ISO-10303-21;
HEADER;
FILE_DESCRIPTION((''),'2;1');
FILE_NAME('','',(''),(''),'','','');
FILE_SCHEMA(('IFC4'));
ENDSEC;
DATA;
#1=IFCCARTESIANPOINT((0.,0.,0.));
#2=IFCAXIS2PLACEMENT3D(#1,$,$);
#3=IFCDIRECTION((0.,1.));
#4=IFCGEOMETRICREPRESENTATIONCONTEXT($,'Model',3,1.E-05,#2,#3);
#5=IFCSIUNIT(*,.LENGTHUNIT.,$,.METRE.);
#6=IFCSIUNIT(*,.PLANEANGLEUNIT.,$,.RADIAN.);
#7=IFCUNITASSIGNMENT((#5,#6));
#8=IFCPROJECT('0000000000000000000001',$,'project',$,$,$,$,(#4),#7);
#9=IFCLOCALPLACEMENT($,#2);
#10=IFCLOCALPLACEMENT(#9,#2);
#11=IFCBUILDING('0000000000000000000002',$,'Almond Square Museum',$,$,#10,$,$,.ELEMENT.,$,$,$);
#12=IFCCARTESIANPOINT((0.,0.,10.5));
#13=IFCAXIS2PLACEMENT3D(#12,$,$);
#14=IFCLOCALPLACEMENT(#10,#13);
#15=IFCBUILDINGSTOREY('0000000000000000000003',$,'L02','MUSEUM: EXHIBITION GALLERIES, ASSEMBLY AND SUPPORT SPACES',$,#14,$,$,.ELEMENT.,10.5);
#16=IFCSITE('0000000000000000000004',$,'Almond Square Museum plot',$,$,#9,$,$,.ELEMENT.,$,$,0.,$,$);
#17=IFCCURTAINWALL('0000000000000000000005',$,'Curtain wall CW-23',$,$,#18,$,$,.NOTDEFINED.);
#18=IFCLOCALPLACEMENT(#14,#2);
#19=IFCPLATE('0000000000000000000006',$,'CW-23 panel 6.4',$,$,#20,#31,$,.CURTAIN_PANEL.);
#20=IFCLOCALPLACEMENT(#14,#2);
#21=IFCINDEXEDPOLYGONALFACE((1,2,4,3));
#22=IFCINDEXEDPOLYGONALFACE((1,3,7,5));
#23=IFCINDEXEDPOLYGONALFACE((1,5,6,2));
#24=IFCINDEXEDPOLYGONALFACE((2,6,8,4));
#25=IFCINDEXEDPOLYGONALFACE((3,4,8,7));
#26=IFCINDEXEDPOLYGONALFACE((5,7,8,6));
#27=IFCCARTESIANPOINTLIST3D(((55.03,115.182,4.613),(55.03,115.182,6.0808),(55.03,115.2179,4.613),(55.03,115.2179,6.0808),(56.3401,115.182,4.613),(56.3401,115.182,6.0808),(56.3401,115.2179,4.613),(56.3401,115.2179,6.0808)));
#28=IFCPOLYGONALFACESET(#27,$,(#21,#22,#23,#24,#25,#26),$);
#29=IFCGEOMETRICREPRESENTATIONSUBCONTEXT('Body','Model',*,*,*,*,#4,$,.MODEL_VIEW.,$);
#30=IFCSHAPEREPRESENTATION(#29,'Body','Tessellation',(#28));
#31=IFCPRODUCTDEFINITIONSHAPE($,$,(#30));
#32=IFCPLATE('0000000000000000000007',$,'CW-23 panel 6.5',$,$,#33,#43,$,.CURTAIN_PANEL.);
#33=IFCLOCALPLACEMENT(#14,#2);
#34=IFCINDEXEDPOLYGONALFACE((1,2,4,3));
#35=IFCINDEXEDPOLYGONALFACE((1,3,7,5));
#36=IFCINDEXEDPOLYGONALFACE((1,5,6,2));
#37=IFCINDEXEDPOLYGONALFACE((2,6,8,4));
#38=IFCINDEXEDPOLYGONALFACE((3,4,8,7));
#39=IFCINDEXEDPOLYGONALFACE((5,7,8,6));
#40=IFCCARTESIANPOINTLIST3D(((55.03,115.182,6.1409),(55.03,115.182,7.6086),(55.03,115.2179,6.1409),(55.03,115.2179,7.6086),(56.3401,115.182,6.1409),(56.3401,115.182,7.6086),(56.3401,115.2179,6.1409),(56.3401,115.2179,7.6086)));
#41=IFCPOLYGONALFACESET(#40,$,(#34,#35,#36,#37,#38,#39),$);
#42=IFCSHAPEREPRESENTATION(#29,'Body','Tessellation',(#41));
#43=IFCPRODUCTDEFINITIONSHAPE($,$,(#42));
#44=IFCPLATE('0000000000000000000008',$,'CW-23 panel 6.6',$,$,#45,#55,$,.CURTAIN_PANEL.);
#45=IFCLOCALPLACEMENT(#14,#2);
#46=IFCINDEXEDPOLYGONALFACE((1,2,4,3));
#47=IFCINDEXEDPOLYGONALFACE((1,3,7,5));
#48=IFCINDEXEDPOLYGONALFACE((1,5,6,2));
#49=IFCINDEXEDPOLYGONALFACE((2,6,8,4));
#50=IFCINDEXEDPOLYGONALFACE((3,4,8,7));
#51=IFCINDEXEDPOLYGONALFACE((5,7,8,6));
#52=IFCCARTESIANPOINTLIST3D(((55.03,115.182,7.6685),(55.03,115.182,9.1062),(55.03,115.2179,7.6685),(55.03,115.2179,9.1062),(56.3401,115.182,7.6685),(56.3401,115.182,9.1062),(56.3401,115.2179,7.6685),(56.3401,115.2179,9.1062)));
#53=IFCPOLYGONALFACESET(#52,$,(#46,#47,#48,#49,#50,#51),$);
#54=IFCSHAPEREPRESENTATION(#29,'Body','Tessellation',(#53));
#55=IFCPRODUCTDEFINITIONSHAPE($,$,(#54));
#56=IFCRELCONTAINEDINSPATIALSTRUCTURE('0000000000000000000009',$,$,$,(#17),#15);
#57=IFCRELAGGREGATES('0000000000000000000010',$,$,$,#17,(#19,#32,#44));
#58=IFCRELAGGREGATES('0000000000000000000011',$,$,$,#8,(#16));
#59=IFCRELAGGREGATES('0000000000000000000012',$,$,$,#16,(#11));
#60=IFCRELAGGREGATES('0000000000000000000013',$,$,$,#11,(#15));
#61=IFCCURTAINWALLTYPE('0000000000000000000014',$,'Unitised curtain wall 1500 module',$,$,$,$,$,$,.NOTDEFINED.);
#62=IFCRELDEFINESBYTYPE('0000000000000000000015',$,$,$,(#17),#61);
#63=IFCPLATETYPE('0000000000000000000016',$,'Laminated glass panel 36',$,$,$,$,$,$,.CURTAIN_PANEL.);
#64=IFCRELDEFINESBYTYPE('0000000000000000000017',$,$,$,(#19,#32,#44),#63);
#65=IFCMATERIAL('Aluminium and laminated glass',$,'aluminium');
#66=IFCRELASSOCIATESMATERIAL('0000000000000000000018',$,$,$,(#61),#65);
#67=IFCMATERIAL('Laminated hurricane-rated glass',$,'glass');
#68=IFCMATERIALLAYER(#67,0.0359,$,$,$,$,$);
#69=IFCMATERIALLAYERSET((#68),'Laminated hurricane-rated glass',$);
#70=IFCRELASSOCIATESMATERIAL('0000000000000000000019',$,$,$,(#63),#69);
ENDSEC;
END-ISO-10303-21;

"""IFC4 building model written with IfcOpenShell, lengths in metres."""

from ifc_helpers import new_model, si_unit, direction, frame, origin, origin_2d, place, context, subcontext, project, spatial, rectangle, extrude, material, layer, layer_set, type_object, element, aggregate, save


model = new_model("IFC4")

# Units and contexts
model_context = context("Model", 3, precision=1e-05, world=origin(), true_north=direction((0.0, 1.0)))
body_context = subcontext(model_context, "Body", "Model", "MODEL_VIEW")
ifc_project = project(units=[si_unit("LENGTHUNIT", "METRE"), si_unit("PLANEANGLEUNIT", "RADIAN")], contexts=[model_context])

# Site, building, storey
site_placement = place(None, origin())
site = spatial("IfcSite", under=ifc_project, at=site_placement, Name="Almond Square Museum plot", CompositionType="ELEMENT", RefElevation=0.0)
building_placement = place(site_placement, origin())
building = spatial("IfcBuilding", under=site, at=building_placement, Name="Almond Square Museum", CompositionType="ELEMENT")
storey_placement = place(building_placement, frame((0.0, 0.0, 10.5)))
storey = spatial("IfcBuildingStorey", under=building, at=storey_placement, Name="L02", Description="MUSEUM: EXHIBITION GALLERIES, ASSEMBLY AND SUPPORT SPACES", CompositionType="ELEMENT", Elevation=10.5)

# Curtain wall
ifc_material_1 = material(Name="Aluminium and laminated glass", Category="aluminium")
curtain_wall_type = type_object("IfcCurtainWallType", Name="Unitised curtain wall 1500 module", PredefinedType="NOTDEFINED", material=ifc_material_1)
curtain_wall_1_placement = place(storey_placement, origin())
curtain_wall_1 = element("IfcCurtainWall", 1, at=curtain_wall_1_placement, inside=storey, type_object=curtain_wall_type, Name="Curtain wall CW-23", PredefinedType="NOTDEFINED")

# Plates
ifc_material_2 = material(Name="Laminated hurricane-rated glass", Category="glass")
ifc_layer = layer(ifc_material_2, 0.0359)
ifc_layer_set = layer_set([ifc_layer], Name="Laminated hurricane-rated glass")
plate_type = type_object("IfcPlateType", Name="Laminated glass panel 36", PredefinedType="CURTAIN_PANEL", material=ifc_layer_set)
plate_1_placement = place(storey_placement, frame((55.6851, 115.2, 4.613), z_axis=(0.0, 0.0, 1.0), x_axis=(1.0, 0.0, 0.0)))
plate_1 = element("IfcPlate", 2, at=plate_1_placement, type_object=plate_type, Name="CW-23 panel 6.4", PredefinedType="CURTAIN_PANEL", context=body_context, shape_type="SweptSolid", body=[
    extrude(rectangle(XDim=1.3101, YDim=0.0359, at=origin_2d()), origin(), (0.0, 0.0, 1.0), 1.4678),
])
plate_2_placement = place(storey_placement, frame((55.6851, 115.2, 6.1409), z_axis=(0.0, 0.0, 1.0), x_axis=(1.0, 0.0, 0.0)))
plate_2 = element("IfcPlate", 3, at=plate_2_placement, type_object=plate_type, Name="CW-23 panel 6.5", PredefinedType="CURTAIN_PANEL", context=body_context, shape_type="SweptSolid", body=[
    extrude(rectangle(XDim=1.3101, YDim=0.0359, at=origin_2d()), origin(), (0.0, 0.0, 1.0), 1.4678),
])
plate_3_placement = place(storey_placement, frame((55.6851, 115.2, 7.6685), z_axis=(0.0, 0.0, 1.0), x_axis=(1.0, 0.0, 0.0)))
plate_3 = element("IfcPlate", 4, at=plate_3_placement, type_object=plate_type, Name="CW-23 panel 6.6", PredefinedType="CURTAIN_PANEL", context=body_context, shape_type="SweptSolid", body=[
    extrude(rectangle(XDim=1.3101, YDim=0.0359, at=origin_2d()), origin(), (0.0, 0.0, 1.0), 1.4377),
])
aggregate(curtain_wall_1, [plate_1, plate_2, plate_3])

save(model, "model.ifc")
